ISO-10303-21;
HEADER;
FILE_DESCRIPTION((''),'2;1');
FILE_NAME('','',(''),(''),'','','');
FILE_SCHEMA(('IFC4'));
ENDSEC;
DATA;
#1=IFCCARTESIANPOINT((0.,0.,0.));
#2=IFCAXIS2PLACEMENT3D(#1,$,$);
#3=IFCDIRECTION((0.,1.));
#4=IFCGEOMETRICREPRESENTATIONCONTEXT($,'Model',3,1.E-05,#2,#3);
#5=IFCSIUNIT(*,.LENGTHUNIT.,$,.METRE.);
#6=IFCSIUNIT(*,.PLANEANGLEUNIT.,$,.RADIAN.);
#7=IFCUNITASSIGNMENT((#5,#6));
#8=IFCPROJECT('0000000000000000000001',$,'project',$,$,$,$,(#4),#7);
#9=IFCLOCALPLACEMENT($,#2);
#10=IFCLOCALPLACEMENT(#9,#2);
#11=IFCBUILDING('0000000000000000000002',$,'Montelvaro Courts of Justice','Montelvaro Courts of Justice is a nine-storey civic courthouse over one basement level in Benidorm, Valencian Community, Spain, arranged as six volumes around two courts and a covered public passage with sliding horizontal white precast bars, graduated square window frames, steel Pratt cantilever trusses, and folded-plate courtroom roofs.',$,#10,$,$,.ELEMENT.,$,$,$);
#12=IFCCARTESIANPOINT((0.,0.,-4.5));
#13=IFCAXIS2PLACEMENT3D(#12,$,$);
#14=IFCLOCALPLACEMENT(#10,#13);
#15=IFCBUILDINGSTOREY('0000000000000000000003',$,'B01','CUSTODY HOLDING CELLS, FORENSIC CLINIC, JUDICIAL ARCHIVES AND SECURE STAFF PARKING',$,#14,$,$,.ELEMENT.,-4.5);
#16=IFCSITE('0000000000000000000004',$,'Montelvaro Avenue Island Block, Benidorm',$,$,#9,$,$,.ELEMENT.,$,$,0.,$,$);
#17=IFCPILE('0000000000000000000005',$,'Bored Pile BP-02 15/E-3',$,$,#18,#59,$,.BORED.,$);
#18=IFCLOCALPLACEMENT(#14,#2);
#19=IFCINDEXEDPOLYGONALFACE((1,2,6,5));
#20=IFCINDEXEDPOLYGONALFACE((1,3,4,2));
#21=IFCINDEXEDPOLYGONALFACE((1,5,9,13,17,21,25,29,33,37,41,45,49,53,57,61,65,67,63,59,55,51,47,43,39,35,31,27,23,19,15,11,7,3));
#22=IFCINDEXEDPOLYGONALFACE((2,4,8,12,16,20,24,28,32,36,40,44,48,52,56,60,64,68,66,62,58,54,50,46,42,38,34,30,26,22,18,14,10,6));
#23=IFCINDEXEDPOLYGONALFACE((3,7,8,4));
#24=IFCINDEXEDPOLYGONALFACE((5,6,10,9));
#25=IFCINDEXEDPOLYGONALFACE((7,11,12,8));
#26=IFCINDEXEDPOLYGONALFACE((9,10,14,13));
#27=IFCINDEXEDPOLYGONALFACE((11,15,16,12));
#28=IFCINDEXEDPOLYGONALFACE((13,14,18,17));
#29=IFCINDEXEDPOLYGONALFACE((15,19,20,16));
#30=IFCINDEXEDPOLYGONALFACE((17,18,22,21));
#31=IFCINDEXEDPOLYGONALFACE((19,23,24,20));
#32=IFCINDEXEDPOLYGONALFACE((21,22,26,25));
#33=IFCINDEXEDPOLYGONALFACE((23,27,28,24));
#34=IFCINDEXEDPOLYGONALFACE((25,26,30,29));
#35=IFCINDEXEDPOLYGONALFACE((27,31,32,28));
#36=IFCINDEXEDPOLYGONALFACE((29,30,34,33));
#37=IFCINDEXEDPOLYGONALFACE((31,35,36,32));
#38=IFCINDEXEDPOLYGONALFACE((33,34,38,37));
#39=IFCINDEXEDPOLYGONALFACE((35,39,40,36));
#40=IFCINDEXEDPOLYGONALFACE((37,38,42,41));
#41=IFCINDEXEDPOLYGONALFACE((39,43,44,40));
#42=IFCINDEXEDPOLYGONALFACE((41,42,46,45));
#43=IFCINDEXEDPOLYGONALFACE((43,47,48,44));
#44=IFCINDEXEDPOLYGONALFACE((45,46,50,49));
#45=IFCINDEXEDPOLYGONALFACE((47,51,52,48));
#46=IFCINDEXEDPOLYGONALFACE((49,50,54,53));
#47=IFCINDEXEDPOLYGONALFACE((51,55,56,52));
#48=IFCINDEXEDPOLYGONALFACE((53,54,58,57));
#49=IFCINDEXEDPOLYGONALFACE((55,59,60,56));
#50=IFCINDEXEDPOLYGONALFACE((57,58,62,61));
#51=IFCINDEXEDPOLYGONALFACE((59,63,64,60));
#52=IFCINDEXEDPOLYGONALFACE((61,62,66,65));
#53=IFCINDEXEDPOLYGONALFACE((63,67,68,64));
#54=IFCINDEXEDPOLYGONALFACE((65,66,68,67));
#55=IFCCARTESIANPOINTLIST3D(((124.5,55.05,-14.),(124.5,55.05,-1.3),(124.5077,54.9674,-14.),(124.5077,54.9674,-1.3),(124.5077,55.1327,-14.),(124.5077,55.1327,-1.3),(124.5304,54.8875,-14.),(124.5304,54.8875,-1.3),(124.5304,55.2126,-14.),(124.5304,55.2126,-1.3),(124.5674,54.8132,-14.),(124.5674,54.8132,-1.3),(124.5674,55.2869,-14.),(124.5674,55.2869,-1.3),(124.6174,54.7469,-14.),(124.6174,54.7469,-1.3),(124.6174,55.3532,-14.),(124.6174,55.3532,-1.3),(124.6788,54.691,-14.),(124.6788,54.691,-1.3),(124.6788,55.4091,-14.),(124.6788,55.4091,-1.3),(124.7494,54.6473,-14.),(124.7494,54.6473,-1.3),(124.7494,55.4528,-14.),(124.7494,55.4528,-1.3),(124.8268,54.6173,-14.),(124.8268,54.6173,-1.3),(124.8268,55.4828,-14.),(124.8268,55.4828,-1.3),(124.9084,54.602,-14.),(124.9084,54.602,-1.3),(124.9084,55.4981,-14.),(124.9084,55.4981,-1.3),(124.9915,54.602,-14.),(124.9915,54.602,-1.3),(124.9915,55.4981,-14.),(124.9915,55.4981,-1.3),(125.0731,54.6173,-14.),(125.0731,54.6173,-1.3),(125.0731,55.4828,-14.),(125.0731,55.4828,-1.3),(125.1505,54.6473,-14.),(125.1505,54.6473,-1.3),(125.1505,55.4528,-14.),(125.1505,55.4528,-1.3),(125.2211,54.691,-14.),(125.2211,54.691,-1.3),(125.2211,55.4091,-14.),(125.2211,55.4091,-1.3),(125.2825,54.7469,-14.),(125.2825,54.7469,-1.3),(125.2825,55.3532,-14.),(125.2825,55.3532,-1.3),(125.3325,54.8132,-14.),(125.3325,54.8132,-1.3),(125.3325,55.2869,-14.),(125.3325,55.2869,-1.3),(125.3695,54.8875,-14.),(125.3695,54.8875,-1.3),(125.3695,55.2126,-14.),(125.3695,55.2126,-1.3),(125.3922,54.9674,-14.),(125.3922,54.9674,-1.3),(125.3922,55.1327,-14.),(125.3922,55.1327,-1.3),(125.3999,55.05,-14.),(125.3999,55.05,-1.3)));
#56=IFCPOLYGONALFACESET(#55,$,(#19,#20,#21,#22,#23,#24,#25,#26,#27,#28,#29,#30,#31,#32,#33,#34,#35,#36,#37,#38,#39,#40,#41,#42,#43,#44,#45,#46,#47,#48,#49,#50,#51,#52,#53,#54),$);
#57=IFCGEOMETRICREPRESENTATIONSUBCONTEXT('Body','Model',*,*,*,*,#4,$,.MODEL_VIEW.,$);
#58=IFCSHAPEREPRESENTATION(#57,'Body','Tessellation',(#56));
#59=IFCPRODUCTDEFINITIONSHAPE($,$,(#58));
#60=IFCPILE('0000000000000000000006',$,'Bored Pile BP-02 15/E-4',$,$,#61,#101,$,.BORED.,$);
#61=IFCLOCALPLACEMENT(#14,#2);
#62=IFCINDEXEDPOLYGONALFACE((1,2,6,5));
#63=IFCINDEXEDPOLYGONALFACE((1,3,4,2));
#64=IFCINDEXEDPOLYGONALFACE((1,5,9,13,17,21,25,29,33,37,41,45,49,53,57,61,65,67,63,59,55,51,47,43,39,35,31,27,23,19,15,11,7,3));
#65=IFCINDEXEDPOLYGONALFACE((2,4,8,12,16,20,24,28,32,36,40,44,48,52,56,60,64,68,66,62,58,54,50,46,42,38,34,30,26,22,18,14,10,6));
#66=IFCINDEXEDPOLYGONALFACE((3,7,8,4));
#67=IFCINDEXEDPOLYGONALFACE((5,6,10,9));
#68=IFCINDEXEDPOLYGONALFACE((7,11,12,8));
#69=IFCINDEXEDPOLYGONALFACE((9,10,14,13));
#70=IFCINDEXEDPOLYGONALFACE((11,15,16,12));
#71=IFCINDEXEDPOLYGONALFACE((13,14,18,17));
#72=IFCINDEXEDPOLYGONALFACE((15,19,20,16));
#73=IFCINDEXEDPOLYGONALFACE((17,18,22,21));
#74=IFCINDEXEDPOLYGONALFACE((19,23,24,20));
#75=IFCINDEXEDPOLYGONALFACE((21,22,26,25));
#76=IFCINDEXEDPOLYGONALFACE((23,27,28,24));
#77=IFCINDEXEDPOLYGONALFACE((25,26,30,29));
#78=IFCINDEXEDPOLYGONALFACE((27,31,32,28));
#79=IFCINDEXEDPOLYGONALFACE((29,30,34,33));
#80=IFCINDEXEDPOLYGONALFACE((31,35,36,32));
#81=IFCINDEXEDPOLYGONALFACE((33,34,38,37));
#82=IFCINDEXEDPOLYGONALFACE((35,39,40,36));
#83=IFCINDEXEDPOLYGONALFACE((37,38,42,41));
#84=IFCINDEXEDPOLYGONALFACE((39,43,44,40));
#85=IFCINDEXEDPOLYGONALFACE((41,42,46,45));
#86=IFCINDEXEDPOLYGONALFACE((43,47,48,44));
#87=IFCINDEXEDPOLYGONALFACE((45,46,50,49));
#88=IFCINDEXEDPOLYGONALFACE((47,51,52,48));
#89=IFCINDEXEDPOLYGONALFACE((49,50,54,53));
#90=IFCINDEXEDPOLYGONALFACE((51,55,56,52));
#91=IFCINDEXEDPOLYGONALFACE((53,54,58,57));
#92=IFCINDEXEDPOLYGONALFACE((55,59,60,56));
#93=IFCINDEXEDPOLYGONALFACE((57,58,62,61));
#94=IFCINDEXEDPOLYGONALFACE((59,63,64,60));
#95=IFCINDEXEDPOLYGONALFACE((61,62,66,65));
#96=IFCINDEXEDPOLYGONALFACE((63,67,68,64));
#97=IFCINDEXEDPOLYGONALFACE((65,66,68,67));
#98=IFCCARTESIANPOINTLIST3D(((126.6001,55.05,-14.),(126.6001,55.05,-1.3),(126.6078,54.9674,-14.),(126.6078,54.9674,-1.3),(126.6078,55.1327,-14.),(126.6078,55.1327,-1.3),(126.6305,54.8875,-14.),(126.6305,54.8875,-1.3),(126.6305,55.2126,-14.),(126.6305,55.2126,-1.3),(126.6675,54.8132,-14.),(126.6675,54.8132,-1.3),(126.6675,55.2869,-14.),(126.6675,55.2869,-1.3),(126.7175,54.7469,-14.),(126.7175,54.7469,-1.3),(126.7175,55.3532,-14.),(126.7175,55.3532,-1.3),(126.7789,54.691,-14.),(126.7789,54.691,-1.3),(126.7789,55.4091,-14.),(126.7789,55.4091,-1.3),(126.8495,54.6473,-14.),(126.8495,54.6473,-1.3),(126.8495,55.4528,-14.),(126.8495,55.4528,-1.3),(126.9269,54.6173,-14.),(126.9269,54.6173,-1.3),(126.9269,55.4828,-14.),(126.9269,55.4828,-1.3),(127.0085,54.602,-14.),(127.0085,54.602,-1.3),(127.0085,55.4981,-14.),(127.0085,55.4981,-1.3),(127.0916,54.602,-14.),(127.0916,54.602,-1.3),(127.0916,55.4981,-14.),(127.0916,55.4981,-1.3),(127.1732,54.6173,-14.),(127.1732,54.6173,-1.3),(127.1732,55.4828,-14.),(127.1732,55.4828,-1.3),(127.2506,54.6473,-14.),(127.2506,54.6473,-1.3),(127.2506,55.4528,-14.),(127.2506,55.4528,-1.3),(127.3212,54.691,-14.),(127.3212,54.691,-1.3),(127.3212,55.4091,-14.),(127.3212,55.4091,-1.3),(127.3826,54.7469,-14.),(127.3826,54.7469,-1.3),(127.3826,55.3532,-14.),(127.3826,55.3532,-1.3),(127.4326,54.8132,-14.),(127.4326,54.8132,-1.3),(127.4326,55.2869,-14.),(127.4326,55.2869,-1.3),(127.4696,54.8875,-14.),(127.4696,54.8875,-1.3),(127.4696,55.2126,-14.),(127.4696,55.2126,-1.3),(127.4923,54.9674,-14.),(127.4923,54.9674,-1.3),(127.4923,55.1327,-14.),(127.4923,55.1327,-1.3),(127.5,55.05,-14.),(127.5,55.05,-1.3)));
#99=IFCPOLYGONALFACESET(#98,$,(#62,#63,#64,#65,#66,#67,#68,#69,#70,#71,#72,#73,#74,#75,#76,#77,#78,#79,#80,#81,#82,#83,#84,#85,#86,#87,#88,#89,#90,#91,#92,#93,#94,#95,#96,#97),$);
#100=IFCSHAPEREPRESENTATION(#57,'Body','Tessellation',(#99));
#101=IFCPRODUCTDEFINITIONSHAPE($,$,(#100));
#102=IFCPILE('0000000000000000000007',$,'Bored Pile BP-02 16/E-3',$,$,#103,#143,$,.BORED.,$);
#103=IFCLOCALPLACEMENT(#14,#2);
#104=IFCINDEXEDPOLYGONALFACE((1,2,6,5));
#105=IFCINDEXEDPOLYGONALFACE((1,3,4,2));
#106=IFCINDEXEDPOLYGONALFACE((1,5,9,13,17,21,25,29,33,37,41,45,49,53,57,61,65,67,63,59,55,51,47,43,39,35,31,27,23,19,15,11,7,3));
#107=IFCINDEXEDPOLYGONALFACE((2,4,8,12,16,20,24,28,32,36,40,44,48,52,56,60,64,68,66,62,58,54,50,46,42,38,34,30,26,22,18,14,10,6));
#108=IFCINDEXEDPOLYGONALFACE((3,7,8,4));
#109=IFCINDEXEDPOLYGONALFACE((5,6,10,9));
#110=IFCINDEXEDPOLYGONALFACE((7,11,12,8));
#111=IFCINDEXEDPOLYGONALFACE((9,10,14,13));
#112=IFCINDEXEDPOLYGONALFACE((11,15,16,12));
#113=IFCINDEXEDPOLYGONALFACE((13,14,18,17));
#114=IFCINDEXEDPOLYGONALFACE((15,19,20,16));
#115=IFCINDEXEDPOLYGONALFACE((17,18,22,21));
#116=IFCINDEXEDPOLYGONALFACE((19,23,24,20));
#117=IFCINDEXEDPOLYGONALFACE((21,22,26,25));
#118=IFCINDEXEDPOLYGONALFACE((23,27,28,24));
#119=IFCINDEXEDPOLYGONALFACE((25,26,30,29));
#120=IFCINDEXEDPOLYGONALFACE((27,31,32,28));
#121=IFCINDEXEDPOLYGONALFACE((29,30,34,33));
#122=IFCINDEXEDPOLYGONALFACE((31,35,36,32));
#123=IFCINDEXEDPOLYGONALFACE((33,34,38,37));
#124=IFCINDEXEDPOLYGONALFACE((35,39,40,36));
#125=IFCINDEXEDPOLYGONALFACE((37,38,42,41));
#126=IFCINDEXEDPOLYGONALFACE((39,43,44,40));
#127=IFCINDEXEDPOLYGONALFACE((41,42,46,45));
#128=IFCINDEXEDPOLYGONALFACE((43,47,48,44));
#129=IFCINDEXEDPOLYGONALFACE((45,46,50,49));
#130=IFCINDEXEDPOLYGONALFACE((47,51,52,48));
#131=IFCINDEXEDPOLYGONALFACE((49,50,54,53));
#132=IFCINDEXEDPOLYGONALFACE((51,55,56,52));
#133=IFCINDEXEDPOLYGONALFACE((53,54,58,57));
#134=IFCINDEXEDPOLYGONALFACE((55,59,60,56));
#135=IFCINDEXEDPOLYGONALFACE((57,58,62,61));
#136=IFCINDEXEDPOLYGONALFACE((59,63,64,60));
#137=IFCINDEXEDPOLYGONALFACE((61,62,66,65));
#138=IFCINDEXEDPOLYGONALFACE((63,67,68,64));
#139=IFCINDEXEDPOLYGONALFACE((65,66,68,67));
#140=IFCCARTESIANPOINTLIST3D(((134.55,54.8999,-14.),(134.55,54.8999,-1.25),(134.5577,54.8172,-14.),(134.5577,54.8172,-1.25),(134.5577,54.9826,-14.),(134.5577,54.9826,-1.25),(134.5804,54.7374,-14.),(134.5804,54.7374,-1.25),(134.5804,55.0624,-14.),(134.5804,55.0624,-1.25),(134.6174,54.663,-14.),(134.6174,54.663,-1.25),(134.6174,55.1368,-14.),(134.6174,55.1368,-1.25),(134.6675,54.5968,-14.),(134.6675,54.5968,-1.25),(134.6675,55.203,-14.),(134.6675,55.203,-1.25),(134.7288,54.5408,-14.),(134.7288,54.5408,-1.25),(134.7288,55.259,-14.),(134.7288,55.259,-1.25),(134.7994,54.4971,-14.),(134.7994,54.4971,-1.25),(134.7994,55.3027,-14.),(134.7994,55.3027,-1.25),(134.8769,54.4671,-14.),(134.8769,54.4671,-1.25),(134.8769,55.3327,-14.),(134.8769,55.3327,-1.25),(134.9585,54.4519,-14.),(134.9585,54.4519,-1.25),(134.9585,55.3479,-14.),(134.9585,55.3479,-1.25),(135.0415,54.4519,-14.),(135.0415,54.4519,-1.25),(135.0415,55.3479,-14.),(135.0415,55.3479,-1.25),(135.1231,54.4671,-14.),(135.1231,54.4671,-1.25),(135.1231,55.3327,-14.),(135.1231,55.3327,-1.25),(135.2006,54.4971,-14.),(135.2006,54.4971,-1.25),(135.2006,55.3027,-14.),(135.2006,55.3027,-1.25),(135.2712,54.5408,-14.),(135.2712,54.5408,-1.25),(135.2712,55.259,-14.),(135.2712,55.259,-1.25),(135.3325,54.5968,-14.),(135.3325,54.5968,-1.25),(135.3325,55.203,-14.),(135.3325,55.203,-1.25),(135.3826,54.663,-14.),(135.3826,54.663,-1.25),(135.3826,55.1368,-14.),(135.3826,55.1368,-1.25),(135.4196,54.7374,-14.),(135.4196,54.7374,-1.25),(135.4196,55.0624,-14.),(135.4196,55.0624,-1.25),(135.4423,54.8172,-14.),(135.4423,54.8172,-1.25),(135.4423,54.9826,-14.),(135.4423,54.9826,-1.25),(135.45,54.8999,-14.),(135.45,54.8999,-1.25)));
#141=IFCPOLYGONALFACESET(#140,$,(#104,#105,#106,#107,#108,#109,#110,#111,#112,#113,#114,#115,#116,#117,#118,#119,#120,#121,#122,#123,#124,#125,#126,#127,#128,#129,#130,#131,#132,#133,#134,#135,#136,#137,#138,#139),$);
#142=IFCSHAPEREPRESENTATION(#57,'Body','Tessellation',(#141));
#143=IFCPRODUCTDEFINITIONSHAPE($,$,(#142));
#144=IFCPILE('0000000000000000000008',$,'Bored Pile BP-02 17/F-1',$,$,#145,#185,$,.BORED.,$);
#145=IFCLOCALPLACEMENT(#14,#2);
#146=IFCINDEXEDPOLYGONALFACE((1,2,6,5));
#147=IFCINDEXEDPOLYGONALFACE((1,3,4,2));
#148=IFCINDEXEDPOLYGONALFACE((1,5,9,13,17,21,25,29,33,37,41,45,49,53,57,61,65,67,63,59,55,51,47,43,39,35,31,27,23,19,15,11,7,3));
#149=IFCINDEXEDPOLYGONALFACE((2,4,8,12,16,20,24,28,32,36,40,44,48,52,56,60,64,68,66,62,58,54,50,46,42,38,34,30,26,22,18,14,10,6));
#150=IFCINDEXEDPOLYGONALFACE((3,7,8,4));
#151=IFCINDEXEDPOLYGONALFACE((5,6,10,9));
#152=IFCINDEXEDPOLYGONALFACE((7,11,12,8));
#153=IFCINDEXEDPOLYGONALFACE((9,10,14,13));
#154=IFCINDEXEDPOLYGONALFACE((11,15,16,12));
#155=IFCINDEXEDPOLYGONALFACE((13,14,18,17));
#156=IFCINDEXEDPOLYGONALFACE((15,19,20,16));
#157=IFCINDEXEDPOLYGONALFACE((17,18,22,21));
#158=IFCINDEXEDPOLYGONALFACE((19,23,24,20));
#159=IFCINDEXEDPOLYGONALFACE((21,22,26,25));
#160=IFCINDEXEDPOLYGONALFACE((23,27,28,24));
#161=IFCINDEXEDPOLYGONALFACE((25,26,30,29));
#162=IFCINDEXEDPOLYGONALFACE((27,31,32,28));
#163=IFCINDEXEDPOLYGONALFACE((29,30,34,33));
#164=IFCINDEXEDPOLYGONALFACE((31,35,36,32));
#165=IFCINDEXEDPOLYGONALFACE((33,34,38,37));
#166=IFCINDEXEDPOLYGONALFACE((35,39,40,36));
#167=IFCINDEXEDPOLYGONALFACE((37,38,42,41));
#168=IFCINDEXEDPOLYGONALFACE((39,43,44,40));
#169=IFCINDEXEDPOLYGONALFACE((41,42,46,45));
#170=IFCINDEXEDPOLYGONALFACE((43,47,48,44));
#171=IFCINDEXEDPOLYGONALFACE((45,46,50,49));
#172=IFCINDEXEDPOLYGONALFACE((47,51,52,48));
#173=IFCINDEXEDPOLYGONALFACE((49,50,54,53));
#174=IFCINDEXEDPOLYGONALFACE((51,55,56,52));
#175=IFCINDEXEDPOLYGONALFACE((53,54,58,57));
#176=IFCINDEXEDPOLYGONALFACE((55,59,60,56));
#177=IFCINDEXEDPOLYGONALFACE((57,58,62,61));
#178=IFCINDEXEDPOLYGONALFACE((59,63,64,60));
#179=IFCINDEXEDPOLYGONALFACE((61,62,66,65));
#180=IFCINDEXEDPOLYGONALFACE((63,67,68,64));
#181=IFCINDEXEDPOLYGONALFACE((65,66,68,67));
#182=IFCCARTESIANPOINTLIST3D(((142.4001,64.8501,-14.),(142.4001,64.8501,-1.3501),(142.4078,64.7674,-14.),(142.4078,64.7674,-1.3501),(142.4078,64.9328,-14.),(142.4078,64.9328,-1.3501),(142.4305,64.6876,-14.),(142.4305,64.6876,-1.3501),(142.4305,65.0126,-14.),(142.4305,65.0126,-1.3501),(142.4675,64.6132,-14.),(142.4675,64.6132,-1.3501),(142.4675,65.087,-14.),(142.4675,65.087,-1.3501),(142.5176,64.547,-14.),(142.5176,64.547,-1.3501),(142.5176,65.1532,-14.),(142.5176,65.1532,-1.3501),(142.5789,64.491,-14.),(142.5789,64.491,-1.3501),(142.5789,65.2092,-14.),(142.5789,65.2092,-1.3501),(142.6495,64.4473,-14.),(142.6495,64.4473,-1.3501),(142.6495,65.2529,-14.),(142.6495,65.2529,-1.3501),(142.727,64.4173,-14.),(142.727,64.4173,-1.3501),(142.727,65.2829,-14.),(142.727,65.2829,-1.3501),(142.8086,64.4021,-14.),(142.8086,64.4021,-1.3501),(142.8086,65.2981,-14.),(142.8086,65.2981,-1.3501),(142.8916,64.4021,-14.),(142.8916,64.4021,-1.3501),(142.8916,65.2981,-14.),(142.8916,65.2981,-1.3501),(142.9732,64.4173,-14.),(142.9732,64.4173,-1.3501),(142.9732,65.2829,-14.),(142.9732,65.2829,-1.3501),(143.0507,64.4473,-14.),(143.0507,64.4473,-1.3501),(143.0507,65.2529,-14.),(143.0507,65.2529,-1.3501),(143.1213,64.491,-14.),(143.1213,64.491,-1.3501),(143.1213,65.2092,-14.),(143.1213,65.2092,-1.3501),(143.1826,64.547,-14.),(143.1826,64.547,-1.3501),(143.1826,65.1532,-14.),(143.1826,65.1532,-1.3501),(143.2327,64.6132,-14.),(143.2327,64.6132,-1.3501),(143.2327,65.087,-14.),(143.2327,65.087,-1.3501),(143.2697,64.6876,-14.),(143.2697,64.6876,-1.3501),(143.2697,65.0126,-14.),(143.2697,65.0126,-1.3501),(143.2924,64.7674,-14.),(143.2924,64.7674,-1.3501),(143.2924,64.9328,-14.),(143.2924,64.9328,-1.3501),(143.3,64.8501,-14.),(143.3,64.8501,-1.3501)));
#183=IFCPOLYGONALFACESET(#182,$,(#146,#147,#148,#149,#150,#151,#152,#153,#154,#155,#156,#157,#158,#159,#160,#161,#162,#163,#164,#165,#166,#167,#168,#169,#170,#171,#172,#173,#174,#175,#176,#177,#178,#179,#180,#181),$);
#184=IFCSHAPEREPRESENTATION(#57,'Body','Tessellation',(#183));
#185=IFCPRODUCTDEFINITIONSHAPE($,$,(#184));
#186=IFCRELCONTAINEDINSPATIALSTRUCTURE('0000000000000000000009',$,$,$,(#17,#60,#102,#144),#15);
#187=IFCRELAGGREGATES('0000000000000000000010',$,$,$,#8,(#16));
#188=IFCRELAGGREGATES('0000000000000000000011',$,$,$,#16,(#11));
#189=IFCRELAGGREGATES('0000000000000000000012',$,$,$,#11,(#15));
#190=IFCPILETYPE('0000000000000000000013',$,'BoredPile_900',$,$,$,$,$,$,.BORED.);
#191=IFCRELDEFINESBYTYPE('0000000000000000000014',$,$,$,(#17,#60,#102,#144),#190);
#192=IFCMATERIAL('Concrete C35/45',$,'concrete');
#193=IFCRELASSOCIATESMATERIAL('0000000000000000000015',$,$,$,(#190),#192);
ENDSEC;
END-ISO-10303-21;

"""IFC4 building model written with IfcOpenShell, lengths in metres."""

from ifc_helpers import new_model, si_unit, direction, frame, origin, origin_2d, place, context, subcontext, project, spatial, circle, extrude, material, material_profile, profile_set, type_object, element, save


model = new_model("IFC4")

# Units and contexts
model_context = context("Model", 3, precision=1e-05, world=origin(), true_north=direction((0.0, 1.0)))
body_context = subcontext(model_context, "Body", "Model", "MODEL_VIEW")
ifc_project = project(units=[si_unit("LENGTHUNIT", "METRE"), si_unit("PLANEANGLEUNIT", "RADIAN")], contexts=[model_context])

# Site, building, storey
site_placement = place(None, origin())
site = spatial("IfcSite", under=ifc_project, at=site_placement, Name="Montelvaro Avenue Island Block, Benidorm", CompositionType="ELEMENT", RefElevation=0.0)
building_placement = place(site_placement, origin())
building = spatial("IfcBuilding", under=site, at=building_placement, Name="Montelvaro Courts of Justice", Description="Montelvaro Courts of Justice is a nine-storey civic courthouse over one basement level in Benidorm, Valencian Community, Spain, arranged as six volumes around two courts and a covered public passage with sliding horizontal white precast bars, graduated square window frames, steel Pratt cantilever trusses, and folded-plate courtroom roofs.", CompositionType="ELEMENT")
storey_placement = place(building_placement, frame((0.0, 0.0, -4.5)))
storey = spatial("IfcBuildingStorey", under=building, at=storey_placement, Name="B01", Description="CUSTODY HOLDING CELLS, FORENSIC CLINIC, JUDICIAL ARCHIVES AND SECURE STAFF PARKING", CompositionType="ELEMENT", Elevation=-4.5)

# Piles
ifc_material_1 = material(Name="Concrete C35/45", Category="concrete")
ifc_material_profile_1 = material_profile(ifc_material_1, circle(Radius=0.45, at=origin_2d()), Name="BORED PILE D900")
ifc_profile_set_1 = profile_set([ifc_material_profile_1], Name="Concrete C35/45")
pile_type_1 = type_object("IfcPileType", Name="BoredPile_900", PredefinedType="BORED", material=ifc_profile_set_1)
for number, where, z_axis, x_axis, name in (
    (1, (124.95, 55.05, -1.3), (0.0, 0.0, -1.0), (1.0, 0.0, 0.0), "Bored Pile BP-02 15/E-3"),
    (2, (127.05, 55.05, -1.3), (0.0, 0.0, -1.0), (1.0, 0.0, 0.0), "Bored Pile BP-02 15/E-4"),
):
    element("IfcPile", number, at=place(storey_placement, frame(where, z_axis=z_axis, x_axis=x_axis)), inside=storey, type_object=pile_type_1, Name=name, PredefinedType="BORED", context=body_context, shape_type="SweptSolid", body=[
        extrude(circle(Radius=0.45, at=origin_2d()), origin(), (0.0, 0.0, 1.0), 12.7),
    ])
pile_1_placement = place(storey_placement, frame((135.0, 54.8999, -1.25), z_axis=(0.0, 0.0, -1.0), x_axis=(1.0, 0.0, 0.0)))
element("IfcPile", 3, at=pile_1_placement, inside=storey, type_object=pile_type_1, Name="Bored Pile BP-02 16/E-3", PredefinedType="BORED", context=body_context, shape_type="SweptSolid", body=[
    extrude(circle(Radius=0.45, at=origin_2d()), origin(), (0.0, 0.0, 1.0), 12.75),
])
for number, where, z_axis, x_axis, name in (
    (4, (142.8501, 64.8501, -1.3501), (0.0, 0.0, -1.0), (1.0, 0.0, 0.0), "Bored Pile BP-02 17/F-1"),
):
    element("IfcPile", number, at=place(storey_placement, frame(where, z_axis=z_axis, x_axis=x_axis)), inside=storey, type_object=pile_type_1, Name=name, PredefinedType="BORED", context=body_context, shape_type="SweptSolid", body=[
        extrude(circle(Radius=0.45, at=origin_2d()), origin(), (0.0, 0.0, 1.0), 12.6499),
    ])

save(model, "model.ifc")
